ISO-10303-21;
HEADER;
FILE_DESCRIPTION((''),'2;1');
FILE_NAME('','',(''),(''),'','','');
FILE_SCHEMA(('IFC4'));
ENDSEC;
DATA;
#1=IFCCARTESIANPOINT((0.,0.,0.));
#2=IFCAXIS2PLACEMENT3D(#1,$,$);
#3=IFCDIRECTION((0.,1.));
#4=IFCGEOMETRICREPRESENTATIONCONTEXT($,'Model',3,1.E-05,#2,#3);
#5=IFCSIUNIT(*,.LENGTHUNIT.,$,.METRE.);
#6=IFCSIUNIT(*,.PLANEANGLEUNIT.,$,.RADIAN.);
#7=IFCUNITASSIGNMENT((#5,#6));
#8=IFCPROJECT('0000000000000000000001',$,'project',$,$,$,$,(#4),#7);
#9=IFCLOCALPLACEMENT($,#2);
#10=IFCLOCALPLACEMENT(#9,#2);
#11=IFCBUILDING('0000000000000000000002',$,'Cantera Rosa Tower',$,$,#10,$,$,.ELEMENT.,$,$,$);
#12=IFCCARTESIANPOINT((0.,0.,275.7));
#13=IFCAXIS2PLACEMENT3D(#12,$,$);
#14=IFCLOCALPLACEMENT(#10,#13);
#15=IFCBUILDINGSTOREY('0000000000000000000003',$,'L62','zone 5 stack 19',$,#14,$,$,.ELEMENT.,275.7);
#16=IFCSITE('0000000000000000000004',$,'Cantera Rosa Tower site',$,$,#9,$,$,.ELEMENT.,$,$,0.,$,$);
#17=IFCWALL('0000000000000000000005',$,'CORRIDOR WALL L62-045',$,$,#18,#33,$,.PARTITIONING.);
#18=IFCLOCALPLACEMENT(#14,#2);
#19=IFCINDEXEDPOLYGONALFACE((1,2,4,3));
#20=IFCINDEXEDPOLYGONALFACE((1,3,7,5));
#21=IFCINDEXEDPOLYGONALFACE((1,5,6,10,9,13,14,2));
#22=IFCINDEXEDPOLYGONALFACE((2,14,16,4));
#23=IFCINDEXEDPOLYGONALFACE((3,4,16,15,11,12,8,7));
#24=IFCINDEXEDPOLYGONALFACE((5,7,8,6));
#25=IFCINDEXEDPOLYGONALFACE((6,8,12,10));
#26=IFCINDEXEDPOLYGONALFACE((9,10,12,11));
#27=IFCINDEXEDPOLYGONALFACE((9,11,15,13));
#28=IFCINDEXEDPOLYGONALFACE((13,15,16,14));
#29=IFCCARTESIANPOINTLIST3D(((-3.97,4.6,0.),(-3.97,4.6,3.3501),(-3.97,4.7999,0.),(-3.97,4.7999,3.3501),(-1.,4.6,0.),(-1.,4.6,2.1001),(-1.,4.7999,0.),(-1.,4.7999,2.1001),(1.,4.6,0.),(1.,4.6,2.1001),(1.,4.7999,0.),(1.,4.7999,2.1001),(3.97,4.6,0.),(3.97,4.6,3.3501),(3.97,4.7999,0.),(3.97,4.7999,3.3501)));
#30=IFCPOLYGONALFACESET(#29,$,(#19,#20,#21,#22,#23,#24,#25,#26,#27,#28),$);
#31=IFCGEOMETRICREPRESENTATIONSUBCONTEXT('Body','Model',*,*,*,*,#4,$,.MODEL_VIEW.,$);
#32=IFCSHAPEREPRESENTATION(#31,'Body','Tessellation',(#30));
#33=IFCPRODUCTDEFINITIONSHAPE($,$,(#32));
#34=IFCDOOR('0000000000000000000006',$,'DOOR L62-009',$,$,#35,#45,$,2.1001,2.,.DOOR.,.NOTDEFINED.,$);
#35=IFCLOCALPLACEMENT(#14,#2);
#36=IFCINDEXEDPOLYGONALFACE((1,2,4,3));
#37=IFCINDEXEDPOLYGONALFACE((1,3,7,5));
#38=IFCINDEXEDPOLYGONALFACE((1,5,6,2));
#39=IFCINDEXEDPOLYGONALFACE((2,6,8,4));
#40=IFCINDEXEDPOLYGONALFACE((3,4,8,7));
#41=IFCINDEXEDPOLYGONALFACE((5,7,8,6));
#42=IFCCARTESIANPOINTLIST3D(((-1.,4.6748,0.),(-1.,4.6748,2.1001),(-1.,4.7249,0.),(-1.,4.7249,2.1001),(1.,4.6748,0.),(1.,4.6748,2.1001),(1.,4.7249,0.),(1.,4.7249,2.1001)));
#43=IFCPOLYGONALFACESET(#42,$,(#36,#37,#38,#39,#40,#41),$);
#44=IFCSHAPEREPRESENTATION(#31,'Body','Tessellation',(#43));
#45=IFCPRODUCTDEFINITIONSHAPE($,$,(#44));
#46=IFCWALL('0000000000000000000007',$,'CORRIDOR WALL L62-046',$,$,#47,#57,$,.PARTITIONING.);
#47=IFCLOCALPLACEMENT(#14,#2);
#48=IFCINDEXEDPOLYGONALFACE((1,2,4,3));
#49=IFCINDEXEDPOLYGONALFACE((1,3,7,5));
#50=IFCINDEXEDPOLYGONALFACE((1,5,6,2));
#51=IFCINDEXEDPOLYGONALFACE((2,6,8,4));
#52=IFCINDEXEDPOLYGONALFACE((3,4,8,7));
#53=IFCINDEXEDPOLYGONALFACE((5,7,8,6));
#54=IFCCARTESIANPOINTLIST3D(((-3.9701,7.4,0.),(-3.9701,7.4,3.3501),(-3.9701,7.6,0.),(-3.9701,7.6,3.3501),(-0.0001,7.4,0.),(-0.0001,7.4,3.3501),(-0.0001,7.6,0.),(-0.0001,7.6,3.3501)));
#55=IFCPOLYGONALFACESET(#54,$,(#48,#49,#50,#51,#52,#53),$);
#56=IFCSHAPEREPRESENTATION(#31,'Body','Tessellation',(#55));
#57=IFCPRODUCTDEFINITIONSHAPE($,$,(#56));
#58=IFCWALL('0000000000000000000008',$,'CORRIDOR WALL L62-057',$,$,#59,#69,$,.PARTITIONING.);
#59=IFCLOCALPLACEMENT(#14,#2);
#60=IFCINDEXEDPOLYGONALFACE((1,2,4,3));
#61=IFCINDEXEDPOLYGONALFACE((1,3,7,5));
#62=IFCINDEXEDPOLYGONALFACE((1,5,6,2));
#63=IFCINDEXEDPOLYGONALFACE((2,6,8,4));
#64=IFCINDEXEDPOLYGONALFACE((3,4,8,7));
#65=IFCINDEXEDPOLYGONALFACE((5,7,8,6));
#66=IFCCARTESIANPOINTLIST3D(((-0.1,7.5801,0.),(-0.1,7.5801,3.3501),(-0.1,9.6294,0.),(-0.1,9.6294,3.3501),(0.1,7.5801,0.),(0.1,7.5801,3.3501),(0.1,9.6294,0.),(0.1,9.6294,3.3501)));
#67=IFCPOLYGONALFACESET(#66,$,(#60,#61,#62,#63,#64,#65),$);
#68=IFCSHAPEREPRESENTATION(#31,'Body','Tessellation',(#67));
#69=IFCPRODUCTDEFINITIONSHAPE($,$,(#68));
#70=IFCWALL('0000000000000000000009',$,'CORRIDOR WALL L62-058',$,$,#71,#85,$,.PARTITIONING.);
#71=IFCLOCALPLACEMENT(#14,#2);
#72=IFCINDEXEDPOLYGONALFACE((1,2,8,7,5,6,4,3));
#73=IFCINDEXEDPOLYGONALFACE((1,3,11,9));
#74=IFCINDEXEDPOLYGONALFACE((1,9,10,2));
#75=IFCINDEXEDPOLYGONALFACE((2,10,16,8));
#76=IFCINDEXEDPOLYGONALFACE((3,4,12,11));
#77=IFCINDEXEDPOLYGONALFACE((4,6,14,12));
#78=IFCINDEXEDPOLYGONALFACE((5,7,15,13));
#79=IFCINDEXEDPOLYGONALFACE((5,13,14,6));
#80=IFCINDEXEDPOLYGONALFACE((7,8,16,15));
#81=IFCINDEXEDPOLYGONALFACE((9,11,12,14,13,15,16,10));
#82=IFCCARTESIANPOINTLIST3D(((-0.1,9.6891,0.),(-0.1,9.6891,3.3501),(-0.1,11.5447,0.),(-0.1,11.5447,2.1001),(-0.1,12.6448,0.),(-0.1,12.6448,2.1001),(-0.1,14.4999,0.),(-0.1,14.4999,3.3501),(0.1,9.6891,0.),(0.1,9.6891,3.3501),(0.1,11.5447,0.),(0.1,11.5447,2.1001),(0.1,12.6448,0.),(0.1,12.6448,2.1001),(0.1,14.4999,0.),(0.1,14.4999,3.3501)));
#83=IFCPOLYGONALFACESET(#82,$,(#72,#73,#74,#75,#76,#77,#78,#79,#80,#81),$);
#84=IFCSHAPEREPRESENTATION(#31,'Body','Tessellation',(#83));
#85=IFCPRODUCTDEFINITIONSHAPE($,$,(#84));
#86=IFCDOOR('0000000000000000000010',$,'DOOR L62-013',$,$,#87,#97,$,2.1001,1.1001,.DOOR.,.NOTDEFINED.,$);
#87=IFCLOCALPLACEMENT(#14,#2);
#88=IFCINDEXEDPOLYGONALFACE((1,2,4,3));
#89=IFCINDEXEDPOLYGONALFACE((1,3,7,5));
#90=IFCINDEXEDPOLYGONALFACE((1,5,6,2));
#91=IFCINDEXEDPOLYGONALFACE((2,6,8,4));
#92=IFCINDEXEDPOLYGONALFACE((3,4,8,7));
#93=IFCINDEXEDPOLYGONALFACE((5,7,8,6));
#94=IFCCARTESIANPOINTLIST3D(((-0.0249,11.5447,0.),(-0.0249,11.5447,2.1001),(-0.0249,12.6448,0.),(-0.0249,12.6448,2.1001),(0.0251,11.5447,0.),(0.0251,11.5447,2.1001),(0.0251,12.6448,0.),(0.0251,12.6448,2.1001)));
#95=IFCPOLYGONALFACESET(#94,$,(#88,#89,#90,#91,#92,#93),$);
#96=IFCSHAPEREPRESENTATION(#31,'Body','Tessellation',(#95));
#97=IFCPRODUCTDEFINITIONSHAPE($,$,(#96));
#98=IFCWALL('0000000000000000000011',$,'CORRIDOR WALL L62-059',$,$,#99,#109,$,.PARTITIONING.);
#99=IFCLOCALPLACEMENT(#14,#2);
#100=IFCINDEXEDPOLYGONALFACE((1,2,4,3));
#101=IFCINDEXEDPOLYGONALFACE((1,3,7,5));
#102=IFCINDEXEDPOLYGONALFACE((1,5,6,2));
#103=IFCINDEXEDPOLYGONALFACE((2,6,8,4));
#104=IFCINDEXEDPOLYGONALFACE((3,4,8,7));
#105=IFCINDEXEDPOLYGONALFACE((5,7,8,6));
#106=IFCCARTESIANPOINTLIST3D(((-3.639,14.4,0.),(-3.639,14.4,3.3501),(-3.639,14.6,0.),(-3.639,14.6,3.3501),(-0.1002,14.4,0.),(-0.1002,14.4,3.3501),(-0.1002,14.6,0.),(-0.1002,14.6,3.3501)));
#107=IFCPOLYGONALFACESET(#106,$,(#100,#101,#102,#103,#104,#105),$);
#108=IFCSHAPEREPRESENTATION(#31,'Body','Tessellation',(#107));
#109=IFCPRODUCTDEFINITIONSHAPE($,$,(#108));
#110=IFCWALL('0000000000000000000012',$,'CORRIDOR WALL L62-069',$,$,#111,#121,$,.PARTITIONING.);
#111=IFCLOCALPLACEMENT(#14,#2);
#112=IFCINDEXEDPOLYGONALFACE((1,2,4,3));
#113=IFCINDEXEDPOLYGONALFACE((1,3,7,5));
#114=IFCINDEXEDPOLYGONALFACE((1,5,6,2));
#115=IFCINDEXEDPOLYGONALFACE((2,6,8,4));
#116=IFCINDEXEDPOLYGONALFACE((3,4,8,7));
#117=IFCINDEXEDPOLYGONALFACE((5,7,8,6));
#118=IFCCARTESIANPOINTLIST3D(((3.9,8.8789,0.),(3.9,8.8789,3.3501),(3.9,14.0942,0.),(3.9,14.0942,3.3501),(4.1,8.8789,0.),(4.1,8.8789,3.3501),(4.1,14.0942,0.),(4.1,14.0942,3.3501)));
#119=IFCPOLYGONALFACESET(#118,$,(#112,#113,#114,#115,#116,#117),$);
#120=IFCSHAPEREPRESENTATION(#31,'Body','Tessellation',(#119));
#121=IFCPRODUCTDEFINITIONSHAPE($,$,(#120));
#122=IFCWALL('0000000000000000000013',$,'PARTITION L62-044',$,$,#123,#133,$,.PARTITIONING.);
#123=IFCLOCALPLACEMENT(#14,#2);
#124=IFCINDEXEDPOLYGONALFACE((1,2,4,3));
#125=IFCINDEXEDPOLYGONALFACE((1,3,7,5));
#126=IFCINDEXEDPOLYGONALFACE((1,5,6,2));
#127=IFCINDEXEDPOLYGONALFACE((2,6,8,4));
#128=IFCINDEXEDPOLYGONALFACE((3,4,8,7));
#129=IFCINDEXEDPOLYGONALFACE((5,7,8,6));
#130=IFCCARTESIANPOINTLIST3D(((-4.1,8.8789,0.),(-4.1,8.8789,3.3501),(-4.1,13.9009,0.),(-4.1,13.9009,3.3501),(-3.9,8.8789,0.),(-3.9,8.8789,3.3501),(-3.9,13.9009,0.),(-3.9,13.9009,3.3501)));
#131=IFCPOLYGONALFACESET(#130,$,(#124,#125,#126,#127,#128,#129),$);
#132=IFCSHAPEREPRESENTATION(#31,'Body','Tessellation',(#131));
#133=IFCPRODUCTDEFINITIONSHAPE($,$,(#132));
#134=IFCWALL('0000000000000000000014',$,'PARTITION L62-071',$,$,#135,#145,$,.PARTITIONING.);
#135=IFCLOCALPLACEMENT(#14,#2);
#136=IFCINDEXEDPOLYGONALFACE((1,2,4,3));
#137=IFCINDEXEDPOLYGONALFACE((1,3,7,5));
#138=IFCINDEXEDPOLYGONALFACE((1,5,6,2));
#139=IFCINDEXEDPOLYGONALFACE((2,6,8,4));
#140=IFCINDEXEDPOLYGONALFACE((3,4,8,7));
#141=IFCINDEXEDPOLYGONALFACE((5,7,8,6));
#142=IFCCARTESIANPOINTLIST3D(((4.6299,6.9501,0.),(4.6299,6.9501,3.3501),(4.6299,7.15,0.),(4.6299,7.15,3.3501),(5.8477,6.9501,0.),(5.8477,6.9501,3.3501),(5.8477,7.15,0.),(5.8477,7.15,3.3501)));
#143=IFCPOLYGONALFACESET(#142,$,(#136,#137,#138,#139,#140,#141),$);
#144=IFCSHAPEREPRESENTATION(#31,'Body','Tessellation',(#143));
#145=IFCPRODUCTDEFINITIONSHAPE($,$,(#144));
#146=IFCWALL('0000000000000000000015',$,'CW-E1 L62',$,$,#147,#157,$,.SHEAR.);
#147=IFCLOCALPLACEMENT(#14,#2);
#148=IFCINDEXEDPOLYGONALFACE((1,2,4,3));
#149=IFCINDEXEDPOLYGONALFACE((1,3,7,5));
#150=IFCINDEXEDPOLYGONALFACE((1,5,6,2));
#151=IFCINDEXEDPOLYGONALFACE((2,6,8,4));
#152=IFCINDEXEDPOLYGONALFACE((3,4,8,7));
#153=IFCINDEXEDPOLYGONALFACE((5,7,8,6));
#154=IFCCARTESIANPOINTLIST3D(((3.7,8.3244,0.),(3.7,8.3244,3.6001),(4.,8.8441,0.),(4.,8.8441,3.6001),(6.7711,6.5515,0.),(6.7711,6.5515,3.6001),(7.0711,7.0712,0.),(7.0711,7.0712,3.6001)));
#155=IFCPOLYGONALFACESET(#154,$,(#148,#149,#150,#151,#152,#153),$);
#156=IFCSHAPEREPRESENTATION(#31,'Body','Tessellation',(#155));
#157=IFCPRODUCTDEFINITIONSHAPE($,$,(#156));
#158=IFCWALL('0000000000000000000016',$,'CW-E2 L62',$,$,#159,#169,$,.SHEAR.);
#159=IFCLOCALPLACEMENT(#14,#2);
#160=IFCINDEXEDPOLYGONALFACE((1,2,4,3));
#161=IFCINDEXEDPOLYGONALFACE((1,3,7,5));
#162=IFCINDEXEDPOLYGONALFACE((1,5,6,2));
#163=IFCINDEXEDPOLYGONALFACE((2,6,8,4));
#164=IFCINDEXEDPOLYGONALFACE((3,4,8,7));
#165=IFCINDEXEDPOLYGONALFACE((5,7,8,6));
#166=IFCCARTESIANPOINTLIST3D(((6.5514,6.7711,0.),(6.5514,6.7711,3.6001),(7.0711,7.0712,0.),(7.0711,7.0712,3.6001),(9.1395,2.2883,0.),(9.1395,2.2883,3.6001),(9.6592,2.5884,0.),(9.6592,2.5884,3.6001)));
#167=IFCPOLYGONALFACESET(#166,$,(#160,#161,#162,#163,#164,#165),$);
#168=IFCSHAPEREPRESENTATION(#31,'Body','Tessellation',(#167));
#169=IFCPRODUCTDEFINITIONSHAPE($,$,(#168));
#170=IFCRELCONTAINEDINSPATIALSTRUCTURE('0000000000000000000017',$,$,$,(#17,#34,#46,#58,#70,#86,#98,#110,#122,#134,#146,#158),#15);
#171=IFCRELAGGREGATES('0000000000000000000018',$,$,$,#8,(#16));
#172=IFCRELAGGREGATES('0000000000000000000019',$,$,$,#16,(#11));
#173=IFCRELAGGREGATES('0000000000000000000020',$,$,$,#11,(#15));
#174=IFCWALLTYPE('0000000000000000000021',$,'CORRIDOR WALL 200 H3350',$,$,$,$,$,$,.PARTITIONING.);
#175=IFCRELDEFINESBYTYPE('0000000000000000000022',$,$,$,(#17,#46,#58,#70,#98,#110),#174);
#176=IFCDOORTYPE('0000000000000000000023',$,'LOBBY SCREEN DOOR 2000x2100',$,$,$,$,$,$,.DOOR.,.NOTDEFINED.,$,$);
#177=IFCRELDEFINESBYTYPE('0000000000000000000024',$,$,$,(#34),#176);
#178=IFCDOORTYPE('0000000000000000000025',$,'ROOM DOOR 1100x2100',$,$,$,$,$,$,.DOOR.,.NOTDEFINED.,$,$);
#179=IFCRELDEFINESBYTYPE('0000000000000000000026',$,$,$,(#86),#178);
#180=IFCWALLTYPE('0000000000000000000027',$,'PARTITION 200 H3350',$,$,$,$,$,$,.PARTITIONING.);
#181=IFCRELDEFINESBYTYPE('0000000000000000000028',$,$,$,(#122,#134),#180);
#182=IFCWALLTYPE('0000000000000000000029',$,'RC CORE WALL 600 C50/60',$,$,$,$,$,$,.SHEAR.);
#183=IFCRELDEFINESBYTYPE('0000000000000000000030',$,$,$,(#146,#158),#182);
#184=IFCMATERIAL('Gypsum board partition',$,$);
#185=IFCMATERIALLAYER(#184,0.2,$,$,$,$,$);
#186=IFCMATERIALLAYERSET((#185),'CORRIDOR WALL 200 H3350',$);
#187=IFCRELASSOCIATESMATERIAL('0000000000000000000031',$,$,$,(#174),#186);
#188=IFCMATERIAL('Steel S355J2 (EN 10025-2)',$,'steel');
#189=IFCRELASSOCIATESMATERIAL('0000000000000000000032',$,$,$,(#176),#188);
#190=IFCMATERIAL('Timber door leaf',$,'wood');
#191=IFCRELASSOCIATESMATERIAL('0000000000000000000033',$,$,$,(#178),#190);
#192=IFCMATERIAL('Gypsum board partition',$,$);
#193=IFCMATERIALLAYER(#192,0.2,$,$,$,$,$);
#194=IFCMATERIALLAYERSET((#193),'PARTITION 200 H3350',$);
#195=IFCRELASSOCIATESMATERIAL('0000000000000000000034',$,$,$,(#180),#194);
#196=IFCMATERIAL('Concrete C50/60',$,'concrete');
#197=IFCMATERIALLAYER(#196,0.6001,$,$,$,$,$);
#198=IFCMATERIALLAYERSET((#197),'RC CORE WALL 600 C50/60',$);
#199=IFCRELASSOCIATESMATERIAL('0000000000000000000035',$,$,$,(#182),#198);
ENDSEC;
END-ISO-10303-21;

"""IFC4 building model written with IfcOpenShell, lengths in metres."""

from ifc_helpers import new_model, si_unit, direction, frame, frame_2d, origin, place, context, subcontext, project, spatial, rectangle, extrude, material, layer, layer_set, type_object, element, fill, save


model = new_model("IFC4")

# Units and contexts
model_context = context("Model", 3, precision=1e-05, world=origin(), true_north=direction((0.0, 1.0)))
body_context = subcontext(model_context, "Body", "Model", "MODEL_VIEW")
ifc_project = project(units=[si_unit("LENGTHUNIT", "METRE"), si_unit("PLANEANGLEUNIT", "RADIAN")], contexts=[model_context])

# Site, building, storey
site_placement = place(None, origin())
site = spatial("IfcSite", under=ifc_project, at=site_placement, Name="Cantera Rosa Tower site", CompositionType="ELEMENT", RefElevation=0.0)
building_placement = place(site_placement, origin())
building = spatial("IfcBuilding", under=site, at=building_placement, Name="Cantera Rosa Tower", CompositionType="ELEMENT")
storey_placement = place(building_placement, frame((0.0, 0.0, 275.7)))
storey = spatial("IfcBuildingStorey", under=building, at=storey_placement, Name="L62", Description="zone 5 stack 19", CompositionType="ELEMENT", Elevation=275.7)

# Wall, opening, door
ifc_material_1 = material(Name="Gypsum board partition")
ifc_layer_1 = layer(ifc_material_1, 0.2)
ifc_layer_set_1 = layer_set([ifc_layer_1], Name="CORRIDOR WALL 200 H3350")
wall_type_1 = type_object("IfcWallType", Name="CORRIDOR WALL 200 H3350", PredefinedType="PARTITIONING", material=ifc_layer_set_1)
wall_1_placement = place(storey_placement, frame((-3.97, 4.7, 0.0), z_axis=(0.0, 0.0, 1.0), x_axis=(1.0, 0.0, 0.0)))
wall_1 = element("IfcWall", 1, at=wall_1_placement, inside=storey, type_object=wall_type_1, Name="CORRIDOR WALL L62-045", PredefinedType="PARTITIONING", context=body_context, shape_type="SweptSolid", body=[
    extrude(rectangle(XDim=7.9399, YDim=0.2, at=frame_2d((3.97, 0.0))), origin(), (0.0, 0.0, 1.0), 3.3501),
])
opening_1_placement = place(wall_1_placement, frame((2.97, 0.0, 0.0)))
opening_1 = element("IfcOpeningElement", 2, at=opening_1_placement, cuts=wall_1, PredefinedType="OPENING", context=body_context, shape_type="SweptSolid", body=[
    extrude(rectangle(XDim=2.0, YDim=2.1001, at=frame_2d((1.0, 1.05))), frame((0.0, 0.1099, 0.0), z_axis=(0.0, -1.0, 0.0), x_axis=(1.0, 0.0, 0.0)), (0.0, 0.0, 1.0), 0.22),
])
ifc_material_2 = material(Name="Steel S355J2 (EN 10025-2)", Category="steel")
door_type_1 = type_object("IfcDoorType", Name="LOBBY SCREEN DOOR 2000x2100", OperationType="NOTDEFINED", PredefinedType="DOOR", material=ifc_material_2)
door_1_placement = place(opening_1_placement, origin())
door_1 = element("IfcDoor", 3, at=door_1_placement, inside=storey, type_object=door_type_1, Name="DOOR L62-009", OperationType="NOTDEFINED", OverallHeight=2.1001, OverallWidth=2.0, PredefinedType="DOOR", context=body_context, shape_type="SweptSolid", body=[
    extrude(rectangle(XDim=2.0, YDim=2.1001, at=frame_2d((1.0, 1.05))), frame((0.0, 0.0249, 0.0), z_axis=(0.0, -1.0, 0.0), x_axis=(1.0, 0.0, 0.0)), (0.0, 0.0, 1.0), 0.05),
])
fill(opening_1, door_1)

# Walls
wall_2_placement = place(storey_placement, frame((-3.97, 7.5, 0.0), z_axis=(0.0, 0.0, 1.0), x_axis=(1.0, 0.0, 0.0)))
element("IfcWall", 4, at=wall_2_placement, inside=storey, type_object=wall_type_1, Name="CORRIDOR WALL L62-046", PredefinedType="PARTITIONING", context=body_context, shape_type="SweptSolid", body=[
    extrude(rectangle(XDim=3.97, YDim=0.2, at=frame_2d((1.9849, 0.0))), origin(), (0.0, 0.0, 1.0), 3.3501),
])
wall_3_placement = place(storey_placement, frame((0.0, 7.5801, 0.0), z_axis=(0.0, 0.0, 1.0), x_axis=(0.0, 1.0, 0.0)))
element("IfcWall", 5, at=wall_3_placement, inside=storey, type_object=wall_type_1, Name="CORRIDOR WALL L62-057", PredefinedType="PARTITIONING", context=body_context, shape_type="SweptSolid", body=[
    extrude(rectangle(XDim=2.0493, YDim=0.2, at=frame_2d((1.0247, 0.0))), origin(), (0.0, 0.0, 1.0), 3.3501),
])

# Wall, opening, door
wall_4_placement = place(storey_placement, frame((0.0, 9.6892, 0.0), z_axis=(0.0, 0.0, 1.0), x_axis=(0.0, 1.0, 0.0)))
wall_4 = element("IfcWall", 6, at=wall_4_placement, inside=storey, type_object=wall_type_1, Name="CORRIDOR WALL L62-058", PredefinedType="PARTITIONING", context=body_context, shape_type="SweptSolid", body=[
    extrude(rectangle(XDim=4.8108, YDim=0.2, at=frame_2d((2.4053, 0.0))), origin(), (0.0, 0.0, 1.0), 3.3501),
])
opening_2_placement = place(wall_4_placement, frame((1.8555, 0.0, 0.0)))
opening_2 = element("IfcOpeningElement", 7, at=opening_2_placement, cuts=wall_4, PredefinedType="OPENING", context=body_context, shape_type="SweptSolid", body=[
    extrude(rectangle(XDim=1.1001, YDim=2.1001, at=frame_2d((0.55, 1.05))), frame((0.0, 0.1099, 0.0), z_axis=(0.0, -1.0, 0.0), x_axis=(1.0, 0.0, 0.0)), (0.0, 0.0, 1.0), 0.22),
])
ifc_material_3 = material(Name="Timber door leaf", Category="wood")
door_type_2 = type_object("IfcDoorType", Name="ROOM DOOR 1100x2100", OperationType="NOTDEFINED", PredefinedType="DOOR", material=ifc_material_3)
door_2_placement = place(opening_2_placement, origin())
door_2 = element("IfcDoor", 8, at=door_2_placement, inside=storey, type_object=door_type_2, Name="DOOR L62-013", OperationType="NOTDEFINED", OverallHeight=2.1001, OverallWidth=1.1001, PredefinedType="DOOR", context=body_context, shape_type="SweptSolid", body=[
    extrude(rectangle(XDim=1.1001, YDim=2.1001, at=frame_2d((0.55, 1.05))), frame((0.0, 0.0249, 0.0), z_axis=(0.0, -1.0, 0.0), x_axis=(1.0, 0.0, 0.0)), (0.0, 0.0, 1.0), 0.05),
])
fill(opening_2, door_2)

# Walls
wall_5_placement = place(storey_placement, frame((-0.1001, 14.5, 0.0), z_axis=(0.0, 0.0, 1.0), x_axis=(-1.0, 0.0, 0.0)))
element("IfcWall", 9, at=wall_5_placement, inside=storey, type_object=wall_type_1, Name="CORRIDOR WALL L62-059", PredefinedType="PARTITIONING", context=body_context, shape_type="SweptSolid", body=[
    extrude(rectangle(XDim=3.5388, YDim=0.2, at=frame_2d((1.7695, 0.0))), origin(), (0.0, 0.0, 1.0), 3.3501),
])
wall_6_placement = place(storey_placement, frame((4.0, 8.8789, 0.0), z_axis=(0.0, 0.0, 1.0), x_axis=(0.0, 1.0, 0.0)))
element("IfcWall", 10, at=wall_6_placement, inside=storey, type_object=wall_type_1, Name="CORRIDOR WALL L62-069", PredefinedType="PARTITIONING", context=body_context, shape_type="SweptSolid", body=[
    extrude(rectangle(XDim=5.2153, YDim=0.2, at=frame_2d((2.6077, 0.0))), origin(), (0.0, 0.0, 1.0), 3.3501),
])
ifc_material_4 = material(Name="Gypsum board partition")
ifc_layer_2 = layer(ifc_material_4, 0.2)
ifc_layer_set_2 = layer_set([ifc_layer_2], Name="PARTITION 200 H3350")
wall_type_2 = type_object("IfcWallType", Name="PARTITION 200 H3350", PredefinedType="PARTITIONING", material=ifc_layer_set_2)
wall_7_placement = place(storey_placement, frame((-4.0, 13.9009, 0.0), z_axis=(0.0, 0.0, 1.0), x_axis=(0.0, -1.0, 0.0)))
element("IfcWall", 11, at=wall_7_placement, inside=storey, type_object=wall_type_2, Name="PARTITION L62-044", PredefinedType="PARTITIONING", context=body_context, shape_type="SweptSolid", body=[
    extrude(rectangle(XDim=5.022, YDim=0.2, at=frame_2d((2.511, 0.0))), origin(), (0.0, 0.0, 1.0), 3.3501),
])
wall_8_placement = place(storey_placement, frame((4.6299, 7.05, 0.0), z_axis=(0.0, 0.0, 1.0), x_axis=(1.0, 0.0, 0.0)))
element("IfcWall", 12, at=wall_8_placement, inside=storey, type_object=wall_type_2, Name="PARTITION L62-071", PredefinedType="PARTITIONING", context=body_context, shape_type="SweptSolid", body=[
    extrude(rectangle(XDim=1.2178, YDim=0.2, at=frame_2d((0.6089, 0.0))), origin(), (0.0, 0.0, 1.0), 3.3501),
])
ifc_material_5 = material(Name="Concrete C50/60", Category="concrete")
ifc_layer_3 = layer(ifc_material_5, 0.6001)
ifc_layer_set_3 = layer_set([ifc_layer_3], Name="RC CORE WALL 600 C50/60")
wall_type_3 = type_object("IfcWallType", Name="RC CORE WALL 600 C50/60", PredefinedType="SHEAR", material=ifc_layer_set_3)
wall_9_placement = place(storey_placement, frame((3.8501, 8.5842, 0.0), z_axis=(0.0, 0.0, 1.0), x_axis=(0.86604, -0.499975, 0.0)))
element("IfcWall", 13, at=wall_9_placement, inside=storey, type_object=wall_type_3, Name="CW-E1 L62", PredefinedType="SHEAR", context=body_context, shape_type="SweptSolid", body=[
    extrude(rectangle(XDim=3.5461, YDim=0.6001, at=frame_2d((1.7729, 0.0))), origin(), (0.0, 0.0, 1.0), 3.6001),
])
wall_10_placement = place(storey_placement, frame((6.8113, 6.9211, 0.0), z_axis=(0.0, 0.0, 1.0), x_axis=(0.499989, -0.866032, 0.0)))
element("IfcWall", 14, at=wall_10_placement, inside=storey, type_object=wall_type_3, Name="CW-E2 L62", PredefinedType="SHEAR", context=body_context, shape_type="SweptSolid", body=[
    extrude(rectangle(XDim=5.1763, YDim=0.6001, at=frame_2d((2.5881, 0.0))), origin(), (0.0, 0.0, 1.0), 3.6001),
])

save(model, "model.ifc")
